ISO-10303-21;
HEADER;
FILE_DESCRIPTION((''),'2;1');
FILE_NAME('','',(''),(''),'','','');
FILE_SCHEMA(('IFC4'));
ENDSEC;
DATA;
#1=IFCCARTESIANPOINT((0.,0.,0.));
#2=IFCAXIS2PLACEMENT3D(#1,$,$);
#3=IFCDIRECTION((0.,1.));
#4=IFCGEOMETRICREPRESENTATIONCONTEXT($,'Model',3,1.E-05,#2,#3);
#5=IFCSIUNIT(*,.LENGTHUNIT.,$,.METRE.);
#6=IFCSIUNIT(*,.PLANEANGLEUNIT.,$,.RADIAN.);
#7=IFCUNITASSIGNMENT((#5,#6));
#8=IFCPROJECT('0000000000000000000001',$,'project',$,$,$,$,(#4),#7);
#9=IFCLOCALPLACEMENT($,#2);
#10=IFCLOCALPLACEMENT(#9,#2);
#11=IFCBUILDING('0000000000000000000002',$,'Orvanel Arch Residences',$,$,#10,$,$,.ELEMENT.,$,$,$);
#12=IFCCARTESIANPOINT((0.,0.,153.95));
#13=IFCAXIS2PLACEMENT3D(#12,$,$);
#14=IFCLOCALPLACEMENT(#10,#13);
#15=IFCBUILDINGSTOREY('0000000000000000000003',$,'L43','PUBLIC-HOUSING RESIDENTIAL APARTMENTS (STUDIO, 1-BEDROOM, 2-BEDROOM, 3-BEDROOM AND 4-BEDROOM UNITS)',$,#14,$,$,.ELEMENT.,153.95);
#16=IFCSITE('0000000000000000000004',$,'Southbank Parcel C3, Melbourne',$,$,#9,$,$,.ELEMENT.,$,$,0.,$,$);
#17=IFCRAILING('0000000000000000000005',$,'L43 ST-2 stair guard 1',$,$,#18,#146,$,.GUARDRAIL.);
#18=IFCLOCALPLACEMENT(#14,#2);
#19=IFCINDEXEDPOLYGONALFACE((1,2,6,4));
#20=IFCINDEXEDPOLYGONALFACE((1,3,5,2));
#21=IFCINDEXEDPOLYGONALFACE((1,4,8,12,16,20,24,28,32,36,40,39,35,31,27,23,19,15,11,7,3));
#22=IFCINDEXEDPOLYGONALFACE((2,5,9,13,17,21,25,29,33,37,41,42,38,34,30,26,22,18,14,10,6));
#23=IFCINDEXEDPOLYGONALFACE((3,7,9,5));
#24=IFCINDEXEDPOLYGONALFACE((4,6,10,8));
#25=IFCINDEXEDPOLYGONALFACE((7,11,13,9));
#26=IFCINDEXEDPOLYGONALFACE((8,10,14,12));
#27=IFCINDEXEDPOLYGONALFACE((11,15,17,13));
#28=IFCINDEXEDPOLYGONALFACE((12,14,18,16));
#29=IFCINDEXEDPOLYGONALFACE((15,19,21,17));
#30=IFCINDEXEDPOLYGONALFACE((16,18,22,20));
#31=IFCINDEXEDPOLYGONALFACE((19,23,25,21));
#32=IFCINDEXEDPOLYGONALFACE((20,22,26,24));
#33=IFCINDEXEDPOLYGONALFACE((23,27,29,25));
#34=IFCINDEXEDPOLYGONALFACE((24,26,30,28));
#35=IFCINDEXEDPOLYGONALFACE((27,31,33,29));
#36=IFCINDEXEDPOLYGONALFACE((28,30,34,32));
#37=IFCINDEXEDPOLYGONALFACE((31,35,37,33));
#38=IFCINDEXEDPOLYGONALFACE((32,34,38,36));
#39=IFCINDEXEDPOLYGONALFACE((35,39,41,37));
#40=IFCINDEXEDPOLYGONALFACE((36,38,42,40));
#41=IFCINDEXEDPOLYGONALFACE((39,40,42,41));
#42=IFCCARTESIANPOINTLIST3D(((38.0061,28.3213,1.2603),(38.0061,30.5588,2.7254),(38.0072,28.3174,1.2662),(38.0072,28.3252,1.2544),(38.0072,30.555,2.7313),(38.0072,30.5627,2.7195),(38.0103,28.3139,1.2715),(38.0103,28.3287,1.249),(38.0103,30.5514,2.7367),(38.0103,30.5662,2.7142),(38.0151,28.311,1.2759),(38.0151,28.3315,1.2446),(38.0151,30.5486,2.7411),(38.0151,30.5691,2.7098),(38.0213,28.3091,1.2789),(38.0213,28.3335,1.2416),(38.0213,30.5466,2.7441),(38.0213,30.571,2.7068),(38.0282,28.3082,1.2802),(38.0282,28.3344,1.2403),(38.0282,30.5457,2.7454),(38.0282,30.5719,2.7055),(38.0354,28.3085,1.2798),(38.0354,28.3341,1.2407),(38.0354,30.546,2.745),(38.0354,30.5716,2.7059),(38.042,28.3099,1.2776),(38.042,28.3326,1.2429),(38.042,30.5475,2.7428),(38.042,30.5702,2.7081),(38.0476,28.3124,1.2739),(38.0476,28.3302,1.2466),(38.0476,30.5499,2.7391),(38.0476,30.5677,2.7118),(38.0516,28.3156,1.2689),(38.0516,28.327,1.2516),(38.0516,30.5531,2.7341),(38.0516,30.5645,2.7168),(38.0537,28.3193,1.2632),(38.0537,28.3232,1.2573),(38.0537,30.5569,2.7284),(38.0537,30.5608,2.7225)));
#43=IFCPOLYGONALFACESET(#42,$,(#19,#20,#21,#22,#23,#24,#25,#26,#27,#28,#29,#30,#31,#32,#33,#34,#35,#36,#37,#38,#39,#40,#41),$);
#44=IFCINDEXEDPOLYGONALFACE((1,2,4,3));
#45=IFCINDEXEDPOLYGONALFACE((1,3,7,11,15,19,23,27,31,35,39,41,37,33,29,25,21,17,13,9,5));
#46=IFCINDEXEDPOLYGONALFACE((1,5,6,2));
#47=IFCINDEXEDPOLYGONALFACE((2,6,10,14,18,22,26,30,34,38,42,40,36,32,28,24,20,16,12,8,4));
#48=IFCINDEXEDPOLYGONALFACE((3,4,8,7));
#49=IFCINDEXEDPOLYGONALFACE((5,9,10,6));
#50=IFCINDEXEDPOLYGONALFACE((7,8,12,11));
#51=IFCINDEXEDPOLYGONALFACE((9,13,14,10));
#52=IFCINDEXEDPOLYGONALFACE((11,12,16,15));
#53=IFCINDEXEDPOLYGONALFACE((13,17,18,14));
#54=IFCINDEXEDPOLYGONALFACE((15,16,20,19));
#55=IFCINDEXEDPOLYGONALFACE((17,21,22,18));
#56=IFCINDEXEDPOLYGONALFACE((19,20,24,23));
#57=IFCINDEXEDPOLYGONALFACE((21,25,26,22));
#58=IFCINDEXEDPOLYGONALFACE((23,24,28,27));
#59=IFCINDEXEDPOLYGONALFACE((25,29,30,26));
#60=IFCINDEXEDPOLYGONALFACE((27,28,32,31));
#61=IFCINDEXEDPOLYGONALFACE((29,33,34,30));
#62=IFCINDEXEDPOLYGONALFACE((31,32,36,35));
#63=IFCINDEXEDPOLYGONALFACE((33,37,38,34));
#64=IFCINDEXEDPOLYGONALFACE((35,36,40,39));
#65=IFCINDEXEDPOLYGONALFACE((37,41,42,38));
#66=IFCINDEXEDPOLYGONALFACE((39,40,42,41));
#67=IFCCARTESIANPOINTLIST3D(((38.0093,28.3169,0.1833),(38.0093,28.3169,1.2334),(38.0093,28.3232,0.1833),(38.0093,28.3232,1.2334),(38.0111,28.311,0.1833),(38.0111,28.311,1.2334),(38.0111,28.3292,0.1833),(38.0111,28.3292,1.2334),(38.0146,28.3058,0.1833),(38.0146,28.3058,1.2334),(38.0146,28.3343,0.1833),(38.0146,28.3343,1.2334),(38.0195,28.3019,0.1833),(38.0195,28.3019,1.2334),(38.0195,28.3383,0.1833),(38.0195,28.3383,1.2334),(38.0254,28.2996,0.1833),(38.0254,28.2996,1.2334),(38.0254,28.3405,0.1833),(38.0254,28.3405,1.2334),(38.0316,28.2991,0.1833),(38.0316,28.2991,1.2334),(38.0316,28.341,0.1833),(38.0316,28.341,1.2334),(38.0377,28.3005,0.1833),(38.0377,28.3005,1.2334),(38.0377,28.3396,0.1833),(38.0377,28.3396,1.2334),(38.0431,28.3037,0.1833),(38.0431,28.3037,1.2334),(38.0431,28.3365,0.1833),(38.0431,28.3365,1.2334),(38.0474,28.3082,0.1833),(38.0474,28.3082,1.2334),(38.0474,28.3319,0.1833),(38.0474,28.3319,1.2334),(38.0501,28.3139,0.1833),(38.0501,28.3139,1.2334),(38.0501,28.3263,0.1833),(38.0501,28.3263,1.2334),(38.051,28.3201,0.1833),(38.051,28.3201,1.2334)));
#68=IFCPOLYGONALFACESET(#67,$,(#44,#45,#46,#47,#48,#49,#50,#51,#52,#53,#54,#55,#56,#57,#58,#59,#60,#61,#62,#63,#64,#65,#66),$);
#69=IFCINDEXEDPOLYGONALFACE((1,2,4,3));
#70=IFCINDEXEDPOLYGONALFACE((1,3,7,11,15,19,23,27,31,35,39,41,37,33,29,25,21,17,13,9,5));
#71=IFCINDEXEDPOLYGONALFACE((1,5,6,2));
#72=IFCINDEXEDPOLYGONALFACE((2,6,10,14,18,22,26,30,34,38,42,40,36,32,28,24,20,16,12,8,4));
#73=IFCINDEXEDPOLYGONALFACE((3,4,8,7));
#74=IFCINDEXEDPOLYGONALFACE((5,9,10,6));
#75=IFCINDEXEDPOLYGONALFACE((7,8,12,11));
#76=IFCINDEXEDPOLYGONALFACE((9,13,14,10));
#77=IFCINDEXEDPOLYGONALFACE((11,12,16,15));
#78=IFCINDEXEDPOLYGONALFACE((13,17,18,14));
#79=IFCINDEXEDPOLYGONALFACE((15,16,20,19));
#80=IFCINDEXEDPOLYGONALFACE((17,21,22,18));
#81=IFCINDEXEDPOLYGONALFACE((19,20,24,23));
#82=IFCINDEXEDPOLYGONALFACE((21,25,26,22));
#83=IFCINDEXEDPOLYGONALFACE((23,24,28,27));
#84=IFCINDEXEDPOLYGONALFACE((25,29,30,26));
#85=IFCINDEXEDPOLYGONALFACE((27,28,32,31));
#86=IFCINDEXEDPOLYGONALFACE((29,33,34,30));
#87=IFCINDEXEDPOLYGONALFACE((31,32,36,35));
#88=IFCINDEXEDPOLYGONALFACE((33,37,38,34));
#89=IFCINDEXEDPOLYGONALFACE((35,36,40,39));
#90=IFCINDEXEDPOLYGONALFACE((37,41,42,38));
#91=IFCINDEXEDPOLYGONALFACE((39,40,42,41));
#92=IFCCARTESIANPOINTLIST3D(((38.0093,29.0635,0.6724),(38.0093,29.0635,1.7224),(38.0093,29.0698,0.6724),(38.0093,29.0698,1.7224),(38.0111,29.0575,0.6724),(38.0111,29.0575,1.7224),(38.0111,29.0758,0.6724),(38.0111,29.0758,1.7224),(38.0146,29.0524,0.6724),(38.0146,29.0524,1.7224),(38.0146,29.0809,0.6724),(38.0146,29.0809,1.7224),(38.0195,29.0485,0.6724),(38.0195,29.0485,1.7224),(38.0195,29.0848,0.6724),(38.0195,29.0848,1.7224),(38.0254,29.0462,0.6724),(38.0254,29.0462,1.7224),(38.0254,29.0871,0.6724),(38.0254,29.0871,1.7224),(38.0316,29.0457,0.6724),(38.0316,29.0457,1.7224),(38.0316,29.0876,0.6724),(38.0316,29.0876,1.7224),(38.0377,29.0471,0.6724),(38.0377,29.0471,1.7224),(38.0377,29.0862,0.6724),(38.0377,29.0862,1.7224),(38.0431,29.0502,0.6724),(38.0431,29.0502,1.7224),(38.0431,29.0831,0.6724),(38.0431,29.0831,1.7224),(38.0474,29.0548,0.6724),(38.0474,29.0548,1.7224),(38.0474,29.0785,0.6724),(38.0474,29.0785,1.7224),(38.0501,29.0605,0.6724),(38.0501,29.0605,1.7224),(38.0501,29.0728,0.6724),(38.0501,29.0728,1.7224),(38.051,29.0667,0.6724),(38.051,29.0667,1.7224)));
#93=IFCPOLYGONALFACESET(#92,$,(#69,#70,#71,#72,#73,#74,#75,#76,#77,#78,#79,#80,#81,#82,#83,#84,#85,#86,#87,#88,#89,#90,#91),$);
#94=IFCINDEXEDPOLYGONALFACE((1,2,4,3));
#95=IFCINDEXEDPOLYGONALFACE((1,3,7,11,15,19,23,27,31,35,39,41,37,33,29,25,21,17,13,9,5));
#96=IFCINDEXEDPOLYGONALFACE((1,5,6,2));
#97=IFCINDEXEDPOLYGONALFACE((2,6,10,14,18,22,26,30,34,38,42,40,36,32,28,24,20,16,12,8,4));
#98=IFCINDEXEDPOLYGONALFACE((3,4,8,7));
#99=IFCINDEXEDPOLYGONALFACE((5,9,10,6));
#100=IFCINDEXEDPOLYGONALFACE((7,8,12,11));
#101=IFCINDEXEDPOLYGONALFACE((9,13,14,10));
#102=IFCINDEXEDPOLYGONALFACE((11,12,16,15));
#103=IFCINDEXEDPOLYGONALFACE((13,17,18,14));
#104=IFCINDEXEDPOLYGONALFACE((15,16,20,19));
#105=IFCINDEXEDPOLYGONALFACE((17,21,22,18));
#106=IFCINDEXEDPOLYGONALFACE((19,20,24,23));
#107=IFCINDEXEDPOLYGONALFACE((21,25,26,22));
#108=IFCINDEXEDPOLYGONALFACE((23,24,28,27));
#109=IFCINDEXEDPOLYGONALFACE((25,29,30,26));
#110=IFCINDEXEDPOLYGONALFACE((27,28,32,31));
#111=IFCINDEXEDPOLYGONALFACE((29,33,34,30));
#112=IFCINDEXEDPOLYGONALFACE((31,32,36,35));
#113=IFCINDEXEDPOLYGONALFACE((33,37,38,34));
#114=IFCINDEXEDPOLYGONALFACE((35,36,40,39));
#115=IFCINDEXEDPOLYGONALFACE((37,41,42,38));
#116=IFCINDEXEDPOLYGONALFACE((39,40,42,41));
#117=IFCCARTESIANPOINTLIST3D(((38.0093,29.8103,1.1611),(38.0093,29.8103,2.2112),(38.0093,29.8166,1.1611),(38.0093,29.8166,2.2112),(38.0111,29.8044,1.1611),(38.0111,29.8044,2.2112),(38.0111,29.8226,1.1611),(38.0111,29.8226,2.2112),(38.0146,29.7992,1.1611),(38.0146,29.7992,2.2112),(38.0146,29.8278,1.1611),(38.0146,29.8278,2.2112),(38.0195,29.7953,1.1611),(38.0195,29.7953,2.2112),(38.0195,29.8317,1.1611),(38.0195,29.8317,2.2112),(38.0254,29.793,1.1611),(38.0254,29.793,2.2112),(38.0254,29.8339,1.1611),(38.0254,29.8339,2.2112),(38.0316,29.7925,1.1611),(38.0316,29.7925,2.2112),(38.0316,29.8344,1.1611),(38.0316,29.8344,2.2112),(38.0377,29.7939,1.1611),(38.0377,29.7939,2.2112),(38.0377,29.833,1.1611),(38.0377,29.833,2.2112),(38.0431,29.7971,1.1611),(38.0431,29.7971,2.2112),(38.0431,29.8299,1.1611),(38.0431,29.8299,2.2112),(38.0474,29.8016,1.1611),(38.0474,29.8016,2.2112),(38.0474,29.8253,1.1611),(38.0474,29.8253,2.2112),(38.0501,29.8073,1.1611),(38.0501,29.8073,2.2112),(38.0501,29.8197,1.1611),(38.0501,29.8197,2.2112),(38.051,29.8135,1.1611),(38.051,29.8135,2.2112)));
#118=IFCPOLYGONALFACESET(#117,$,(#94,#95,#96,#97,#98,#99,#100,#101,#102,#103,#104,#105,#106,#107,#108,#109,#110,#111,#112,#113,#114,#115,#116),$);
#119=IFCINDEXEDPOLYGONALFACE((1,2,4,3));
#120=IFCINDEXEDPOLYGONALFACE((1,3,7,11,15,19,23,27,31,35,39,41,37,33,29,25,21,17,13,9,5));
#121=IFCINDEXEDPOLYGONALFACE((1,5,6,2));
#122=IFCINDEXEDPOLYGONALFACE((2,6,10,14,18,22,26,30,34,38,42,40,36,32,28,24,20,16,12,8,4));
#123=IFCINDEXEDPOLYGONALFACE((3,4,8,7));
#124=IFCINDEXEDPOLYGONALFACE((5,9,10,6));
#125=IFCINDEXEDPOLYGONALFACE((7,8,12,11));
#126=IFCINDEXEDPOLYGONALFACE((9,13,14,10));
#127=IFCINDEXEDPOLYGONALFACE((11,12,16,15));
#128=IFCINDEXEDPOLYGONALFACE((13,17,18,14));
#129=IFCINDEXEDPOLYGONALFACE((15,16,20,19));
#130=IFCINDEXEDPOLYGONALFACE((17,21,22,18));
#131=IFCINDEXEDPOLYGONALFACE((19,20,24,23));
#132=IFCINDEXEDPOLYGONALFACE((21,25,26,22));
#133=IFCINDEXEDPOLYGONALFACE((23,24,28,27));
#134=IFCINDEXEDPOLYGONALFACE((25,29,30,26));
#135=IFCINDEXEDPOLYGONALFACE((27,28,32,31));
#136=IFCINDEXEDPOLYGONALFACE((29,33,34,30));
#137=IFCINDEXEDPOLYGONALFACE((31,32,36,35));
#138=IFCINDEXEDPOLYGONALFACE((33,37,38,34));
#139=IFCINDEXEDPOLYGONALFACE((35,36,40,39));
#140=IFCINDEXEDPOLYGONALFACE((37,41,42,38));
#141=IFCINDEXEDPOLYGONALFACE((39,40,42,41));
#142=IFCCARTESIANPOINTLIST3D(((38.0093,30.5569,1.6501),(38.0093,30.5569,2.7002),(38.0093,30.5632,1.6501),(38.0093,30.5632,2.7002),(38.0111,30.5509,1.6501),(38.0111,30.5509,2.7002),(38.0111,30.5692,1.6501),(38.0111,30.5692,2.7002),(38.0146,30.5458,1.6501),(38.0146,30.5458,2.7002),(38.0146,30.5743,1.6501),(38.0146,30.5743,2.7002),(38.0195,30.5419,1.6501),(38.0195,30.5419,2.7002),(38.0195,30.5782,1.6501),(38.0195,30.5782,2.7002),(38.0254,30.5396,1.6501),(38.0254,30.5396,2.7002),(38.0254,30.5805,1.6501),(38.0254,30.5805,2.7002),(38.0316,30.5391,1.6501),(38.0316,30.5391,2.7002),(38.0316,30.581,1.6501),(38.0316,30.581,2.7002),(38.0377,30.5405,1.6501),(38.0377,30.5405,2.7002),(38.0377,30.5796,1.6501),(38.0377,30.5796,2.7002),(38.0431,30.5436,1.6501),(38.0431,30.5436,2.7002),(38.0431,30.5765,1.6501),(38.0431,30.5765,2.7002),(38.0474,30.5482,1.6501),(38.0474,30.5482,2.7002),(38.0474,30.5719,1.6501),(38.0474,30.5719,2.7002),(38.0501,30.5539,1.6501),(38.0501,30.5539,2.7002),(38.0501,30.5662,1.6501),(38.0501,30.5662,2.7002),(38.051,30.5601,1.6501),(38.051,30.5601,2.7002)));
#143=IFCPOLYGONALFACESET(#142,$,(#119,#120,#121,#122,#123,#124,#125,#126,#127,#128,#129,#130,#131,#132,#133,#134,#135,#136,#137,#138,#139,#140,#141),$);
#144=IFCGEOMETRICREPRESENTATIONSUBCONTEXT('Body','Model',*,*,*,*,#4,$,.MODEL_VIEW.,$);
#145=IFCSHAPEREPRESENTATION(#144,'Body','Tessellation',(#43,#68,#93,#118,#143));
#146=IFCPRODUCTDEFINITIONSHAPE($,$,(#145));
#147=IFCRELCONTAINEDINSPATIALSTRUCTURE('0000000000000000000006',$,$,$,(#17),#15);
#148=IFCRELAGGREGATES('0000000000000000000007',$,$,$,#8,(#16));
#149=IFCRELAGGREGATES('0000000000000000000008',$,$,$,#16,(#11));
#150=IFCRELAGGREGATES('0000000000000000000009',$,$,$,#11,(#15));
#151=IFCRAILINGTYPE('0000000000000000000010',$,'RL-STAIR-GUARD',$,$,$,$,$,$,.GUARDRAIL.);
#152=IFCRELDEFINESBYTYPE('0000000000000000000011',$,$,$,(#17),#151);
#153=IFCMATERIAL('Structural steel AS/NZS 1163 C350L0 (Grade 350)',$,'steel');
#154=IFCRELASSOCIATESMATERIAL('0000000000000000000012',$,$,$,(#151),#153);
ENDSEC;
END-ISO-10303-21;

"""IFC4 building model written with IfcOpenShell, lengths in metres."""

from ifc_helpers import new_model, si_unit, direction, frame, origin, origin_2d, place, context, subcontext, project, spatial, circle, extrude, material, type_object, element, save


model = new_model("IFC4")

# Units and contexts
model_context = context("Model", 3, precision=1e-05, world=origin(), true_north=direction((0.0, 1.0)))
body_context = subcontext(model_context, "Body", "Model", "MODEL_VIEW")
ifc_project = project(units=[si_unit("LENGTHUNIT", "METRE"), si_unit("PLANEANGLEUNIT", "RADIAN")], contexts=[model_context])

# Site, building, storey
site_placement = place(None, origin())
site = spatial("IfcSite", under=ifc_project, at=site_placement, Name="Southbank Parcel C3, Melbourne", CompositionType="ELEMENT", RefElevation=0.0)
building_placement = place(site_placement, origin())
building = spatial("IfcBuilding", under=site, at=building_placement, Name="Orvanel Arch Residences", CompositionType="ELEMENT")
storey_placement = place(building_placement, frame((0.0, 0.0, 153.95)))
storey = spatial("IfcBuildingStorey", under=building, at=storey_placement, Name="L43", Description="PUBLIC-HOUSING RESIDENTIAL APARTMENTS (STUDIO, 1-BEDROOM, 2-BEDROOM, 3-BEDROOM AND 4-BEDROOM UNITS)", CompositionType="ELEMENT", Elevation=153.95)

# Railing
ifc_material_1 = material(Name="Structural steel AS/NZS 1163 C350L0 (Grade 350)", Category="steel")
railing_type_1 = type_object("IfcRailingType", Name="RL-STAIR-GUARD", PredefinedType="GUARDRAIL", material=ifc_material_1)
railing_1_placement = place(storey_placement, frame((38.03, 28.3201, 0.1833)))
element("IfcRailing", 1, at=railing_1_placement, inside=storey, type_object=railing_type_1, Name="L43 ST-2 stair guard 1", PredefinedType="GUARDRAIL", context=body_context, shape_type="SweptSolid", body=[
    extrude(circle(Radius=0.0239, at=origin_2d()), frame((0.0, 0.0012, 1.0769), z_axis=(0.0, 0.836595, 0.547822), x_axis=(-1.0, 0.0, 0.0)), (0.0, 0.0, 1.0), 2.6746),
    extrude(circle(Radius=0.021, at=origin_2d()), origin(), (0.0, 0.0, 1.0), 1.05),
    extrude(circle(Radius=0.021, at=origin_2d()), frame((0.0, 0.7466, 0.489)), (0.0, 0.0, 1.0), 1.05),
    extrude(circle(Radius=0.021, at=origin_2d()), frame((0.0, 1.4934, 0.9778)), (0.0, 0.0, 1.0), 1.05),
    extrude(circle(Radius=0.021, at=origin_2d()), frame((0.0, 2.24, 1.4668)), (0.0, 0.0, 1.0), 1.05),
])

save(model, "model.ifc")
